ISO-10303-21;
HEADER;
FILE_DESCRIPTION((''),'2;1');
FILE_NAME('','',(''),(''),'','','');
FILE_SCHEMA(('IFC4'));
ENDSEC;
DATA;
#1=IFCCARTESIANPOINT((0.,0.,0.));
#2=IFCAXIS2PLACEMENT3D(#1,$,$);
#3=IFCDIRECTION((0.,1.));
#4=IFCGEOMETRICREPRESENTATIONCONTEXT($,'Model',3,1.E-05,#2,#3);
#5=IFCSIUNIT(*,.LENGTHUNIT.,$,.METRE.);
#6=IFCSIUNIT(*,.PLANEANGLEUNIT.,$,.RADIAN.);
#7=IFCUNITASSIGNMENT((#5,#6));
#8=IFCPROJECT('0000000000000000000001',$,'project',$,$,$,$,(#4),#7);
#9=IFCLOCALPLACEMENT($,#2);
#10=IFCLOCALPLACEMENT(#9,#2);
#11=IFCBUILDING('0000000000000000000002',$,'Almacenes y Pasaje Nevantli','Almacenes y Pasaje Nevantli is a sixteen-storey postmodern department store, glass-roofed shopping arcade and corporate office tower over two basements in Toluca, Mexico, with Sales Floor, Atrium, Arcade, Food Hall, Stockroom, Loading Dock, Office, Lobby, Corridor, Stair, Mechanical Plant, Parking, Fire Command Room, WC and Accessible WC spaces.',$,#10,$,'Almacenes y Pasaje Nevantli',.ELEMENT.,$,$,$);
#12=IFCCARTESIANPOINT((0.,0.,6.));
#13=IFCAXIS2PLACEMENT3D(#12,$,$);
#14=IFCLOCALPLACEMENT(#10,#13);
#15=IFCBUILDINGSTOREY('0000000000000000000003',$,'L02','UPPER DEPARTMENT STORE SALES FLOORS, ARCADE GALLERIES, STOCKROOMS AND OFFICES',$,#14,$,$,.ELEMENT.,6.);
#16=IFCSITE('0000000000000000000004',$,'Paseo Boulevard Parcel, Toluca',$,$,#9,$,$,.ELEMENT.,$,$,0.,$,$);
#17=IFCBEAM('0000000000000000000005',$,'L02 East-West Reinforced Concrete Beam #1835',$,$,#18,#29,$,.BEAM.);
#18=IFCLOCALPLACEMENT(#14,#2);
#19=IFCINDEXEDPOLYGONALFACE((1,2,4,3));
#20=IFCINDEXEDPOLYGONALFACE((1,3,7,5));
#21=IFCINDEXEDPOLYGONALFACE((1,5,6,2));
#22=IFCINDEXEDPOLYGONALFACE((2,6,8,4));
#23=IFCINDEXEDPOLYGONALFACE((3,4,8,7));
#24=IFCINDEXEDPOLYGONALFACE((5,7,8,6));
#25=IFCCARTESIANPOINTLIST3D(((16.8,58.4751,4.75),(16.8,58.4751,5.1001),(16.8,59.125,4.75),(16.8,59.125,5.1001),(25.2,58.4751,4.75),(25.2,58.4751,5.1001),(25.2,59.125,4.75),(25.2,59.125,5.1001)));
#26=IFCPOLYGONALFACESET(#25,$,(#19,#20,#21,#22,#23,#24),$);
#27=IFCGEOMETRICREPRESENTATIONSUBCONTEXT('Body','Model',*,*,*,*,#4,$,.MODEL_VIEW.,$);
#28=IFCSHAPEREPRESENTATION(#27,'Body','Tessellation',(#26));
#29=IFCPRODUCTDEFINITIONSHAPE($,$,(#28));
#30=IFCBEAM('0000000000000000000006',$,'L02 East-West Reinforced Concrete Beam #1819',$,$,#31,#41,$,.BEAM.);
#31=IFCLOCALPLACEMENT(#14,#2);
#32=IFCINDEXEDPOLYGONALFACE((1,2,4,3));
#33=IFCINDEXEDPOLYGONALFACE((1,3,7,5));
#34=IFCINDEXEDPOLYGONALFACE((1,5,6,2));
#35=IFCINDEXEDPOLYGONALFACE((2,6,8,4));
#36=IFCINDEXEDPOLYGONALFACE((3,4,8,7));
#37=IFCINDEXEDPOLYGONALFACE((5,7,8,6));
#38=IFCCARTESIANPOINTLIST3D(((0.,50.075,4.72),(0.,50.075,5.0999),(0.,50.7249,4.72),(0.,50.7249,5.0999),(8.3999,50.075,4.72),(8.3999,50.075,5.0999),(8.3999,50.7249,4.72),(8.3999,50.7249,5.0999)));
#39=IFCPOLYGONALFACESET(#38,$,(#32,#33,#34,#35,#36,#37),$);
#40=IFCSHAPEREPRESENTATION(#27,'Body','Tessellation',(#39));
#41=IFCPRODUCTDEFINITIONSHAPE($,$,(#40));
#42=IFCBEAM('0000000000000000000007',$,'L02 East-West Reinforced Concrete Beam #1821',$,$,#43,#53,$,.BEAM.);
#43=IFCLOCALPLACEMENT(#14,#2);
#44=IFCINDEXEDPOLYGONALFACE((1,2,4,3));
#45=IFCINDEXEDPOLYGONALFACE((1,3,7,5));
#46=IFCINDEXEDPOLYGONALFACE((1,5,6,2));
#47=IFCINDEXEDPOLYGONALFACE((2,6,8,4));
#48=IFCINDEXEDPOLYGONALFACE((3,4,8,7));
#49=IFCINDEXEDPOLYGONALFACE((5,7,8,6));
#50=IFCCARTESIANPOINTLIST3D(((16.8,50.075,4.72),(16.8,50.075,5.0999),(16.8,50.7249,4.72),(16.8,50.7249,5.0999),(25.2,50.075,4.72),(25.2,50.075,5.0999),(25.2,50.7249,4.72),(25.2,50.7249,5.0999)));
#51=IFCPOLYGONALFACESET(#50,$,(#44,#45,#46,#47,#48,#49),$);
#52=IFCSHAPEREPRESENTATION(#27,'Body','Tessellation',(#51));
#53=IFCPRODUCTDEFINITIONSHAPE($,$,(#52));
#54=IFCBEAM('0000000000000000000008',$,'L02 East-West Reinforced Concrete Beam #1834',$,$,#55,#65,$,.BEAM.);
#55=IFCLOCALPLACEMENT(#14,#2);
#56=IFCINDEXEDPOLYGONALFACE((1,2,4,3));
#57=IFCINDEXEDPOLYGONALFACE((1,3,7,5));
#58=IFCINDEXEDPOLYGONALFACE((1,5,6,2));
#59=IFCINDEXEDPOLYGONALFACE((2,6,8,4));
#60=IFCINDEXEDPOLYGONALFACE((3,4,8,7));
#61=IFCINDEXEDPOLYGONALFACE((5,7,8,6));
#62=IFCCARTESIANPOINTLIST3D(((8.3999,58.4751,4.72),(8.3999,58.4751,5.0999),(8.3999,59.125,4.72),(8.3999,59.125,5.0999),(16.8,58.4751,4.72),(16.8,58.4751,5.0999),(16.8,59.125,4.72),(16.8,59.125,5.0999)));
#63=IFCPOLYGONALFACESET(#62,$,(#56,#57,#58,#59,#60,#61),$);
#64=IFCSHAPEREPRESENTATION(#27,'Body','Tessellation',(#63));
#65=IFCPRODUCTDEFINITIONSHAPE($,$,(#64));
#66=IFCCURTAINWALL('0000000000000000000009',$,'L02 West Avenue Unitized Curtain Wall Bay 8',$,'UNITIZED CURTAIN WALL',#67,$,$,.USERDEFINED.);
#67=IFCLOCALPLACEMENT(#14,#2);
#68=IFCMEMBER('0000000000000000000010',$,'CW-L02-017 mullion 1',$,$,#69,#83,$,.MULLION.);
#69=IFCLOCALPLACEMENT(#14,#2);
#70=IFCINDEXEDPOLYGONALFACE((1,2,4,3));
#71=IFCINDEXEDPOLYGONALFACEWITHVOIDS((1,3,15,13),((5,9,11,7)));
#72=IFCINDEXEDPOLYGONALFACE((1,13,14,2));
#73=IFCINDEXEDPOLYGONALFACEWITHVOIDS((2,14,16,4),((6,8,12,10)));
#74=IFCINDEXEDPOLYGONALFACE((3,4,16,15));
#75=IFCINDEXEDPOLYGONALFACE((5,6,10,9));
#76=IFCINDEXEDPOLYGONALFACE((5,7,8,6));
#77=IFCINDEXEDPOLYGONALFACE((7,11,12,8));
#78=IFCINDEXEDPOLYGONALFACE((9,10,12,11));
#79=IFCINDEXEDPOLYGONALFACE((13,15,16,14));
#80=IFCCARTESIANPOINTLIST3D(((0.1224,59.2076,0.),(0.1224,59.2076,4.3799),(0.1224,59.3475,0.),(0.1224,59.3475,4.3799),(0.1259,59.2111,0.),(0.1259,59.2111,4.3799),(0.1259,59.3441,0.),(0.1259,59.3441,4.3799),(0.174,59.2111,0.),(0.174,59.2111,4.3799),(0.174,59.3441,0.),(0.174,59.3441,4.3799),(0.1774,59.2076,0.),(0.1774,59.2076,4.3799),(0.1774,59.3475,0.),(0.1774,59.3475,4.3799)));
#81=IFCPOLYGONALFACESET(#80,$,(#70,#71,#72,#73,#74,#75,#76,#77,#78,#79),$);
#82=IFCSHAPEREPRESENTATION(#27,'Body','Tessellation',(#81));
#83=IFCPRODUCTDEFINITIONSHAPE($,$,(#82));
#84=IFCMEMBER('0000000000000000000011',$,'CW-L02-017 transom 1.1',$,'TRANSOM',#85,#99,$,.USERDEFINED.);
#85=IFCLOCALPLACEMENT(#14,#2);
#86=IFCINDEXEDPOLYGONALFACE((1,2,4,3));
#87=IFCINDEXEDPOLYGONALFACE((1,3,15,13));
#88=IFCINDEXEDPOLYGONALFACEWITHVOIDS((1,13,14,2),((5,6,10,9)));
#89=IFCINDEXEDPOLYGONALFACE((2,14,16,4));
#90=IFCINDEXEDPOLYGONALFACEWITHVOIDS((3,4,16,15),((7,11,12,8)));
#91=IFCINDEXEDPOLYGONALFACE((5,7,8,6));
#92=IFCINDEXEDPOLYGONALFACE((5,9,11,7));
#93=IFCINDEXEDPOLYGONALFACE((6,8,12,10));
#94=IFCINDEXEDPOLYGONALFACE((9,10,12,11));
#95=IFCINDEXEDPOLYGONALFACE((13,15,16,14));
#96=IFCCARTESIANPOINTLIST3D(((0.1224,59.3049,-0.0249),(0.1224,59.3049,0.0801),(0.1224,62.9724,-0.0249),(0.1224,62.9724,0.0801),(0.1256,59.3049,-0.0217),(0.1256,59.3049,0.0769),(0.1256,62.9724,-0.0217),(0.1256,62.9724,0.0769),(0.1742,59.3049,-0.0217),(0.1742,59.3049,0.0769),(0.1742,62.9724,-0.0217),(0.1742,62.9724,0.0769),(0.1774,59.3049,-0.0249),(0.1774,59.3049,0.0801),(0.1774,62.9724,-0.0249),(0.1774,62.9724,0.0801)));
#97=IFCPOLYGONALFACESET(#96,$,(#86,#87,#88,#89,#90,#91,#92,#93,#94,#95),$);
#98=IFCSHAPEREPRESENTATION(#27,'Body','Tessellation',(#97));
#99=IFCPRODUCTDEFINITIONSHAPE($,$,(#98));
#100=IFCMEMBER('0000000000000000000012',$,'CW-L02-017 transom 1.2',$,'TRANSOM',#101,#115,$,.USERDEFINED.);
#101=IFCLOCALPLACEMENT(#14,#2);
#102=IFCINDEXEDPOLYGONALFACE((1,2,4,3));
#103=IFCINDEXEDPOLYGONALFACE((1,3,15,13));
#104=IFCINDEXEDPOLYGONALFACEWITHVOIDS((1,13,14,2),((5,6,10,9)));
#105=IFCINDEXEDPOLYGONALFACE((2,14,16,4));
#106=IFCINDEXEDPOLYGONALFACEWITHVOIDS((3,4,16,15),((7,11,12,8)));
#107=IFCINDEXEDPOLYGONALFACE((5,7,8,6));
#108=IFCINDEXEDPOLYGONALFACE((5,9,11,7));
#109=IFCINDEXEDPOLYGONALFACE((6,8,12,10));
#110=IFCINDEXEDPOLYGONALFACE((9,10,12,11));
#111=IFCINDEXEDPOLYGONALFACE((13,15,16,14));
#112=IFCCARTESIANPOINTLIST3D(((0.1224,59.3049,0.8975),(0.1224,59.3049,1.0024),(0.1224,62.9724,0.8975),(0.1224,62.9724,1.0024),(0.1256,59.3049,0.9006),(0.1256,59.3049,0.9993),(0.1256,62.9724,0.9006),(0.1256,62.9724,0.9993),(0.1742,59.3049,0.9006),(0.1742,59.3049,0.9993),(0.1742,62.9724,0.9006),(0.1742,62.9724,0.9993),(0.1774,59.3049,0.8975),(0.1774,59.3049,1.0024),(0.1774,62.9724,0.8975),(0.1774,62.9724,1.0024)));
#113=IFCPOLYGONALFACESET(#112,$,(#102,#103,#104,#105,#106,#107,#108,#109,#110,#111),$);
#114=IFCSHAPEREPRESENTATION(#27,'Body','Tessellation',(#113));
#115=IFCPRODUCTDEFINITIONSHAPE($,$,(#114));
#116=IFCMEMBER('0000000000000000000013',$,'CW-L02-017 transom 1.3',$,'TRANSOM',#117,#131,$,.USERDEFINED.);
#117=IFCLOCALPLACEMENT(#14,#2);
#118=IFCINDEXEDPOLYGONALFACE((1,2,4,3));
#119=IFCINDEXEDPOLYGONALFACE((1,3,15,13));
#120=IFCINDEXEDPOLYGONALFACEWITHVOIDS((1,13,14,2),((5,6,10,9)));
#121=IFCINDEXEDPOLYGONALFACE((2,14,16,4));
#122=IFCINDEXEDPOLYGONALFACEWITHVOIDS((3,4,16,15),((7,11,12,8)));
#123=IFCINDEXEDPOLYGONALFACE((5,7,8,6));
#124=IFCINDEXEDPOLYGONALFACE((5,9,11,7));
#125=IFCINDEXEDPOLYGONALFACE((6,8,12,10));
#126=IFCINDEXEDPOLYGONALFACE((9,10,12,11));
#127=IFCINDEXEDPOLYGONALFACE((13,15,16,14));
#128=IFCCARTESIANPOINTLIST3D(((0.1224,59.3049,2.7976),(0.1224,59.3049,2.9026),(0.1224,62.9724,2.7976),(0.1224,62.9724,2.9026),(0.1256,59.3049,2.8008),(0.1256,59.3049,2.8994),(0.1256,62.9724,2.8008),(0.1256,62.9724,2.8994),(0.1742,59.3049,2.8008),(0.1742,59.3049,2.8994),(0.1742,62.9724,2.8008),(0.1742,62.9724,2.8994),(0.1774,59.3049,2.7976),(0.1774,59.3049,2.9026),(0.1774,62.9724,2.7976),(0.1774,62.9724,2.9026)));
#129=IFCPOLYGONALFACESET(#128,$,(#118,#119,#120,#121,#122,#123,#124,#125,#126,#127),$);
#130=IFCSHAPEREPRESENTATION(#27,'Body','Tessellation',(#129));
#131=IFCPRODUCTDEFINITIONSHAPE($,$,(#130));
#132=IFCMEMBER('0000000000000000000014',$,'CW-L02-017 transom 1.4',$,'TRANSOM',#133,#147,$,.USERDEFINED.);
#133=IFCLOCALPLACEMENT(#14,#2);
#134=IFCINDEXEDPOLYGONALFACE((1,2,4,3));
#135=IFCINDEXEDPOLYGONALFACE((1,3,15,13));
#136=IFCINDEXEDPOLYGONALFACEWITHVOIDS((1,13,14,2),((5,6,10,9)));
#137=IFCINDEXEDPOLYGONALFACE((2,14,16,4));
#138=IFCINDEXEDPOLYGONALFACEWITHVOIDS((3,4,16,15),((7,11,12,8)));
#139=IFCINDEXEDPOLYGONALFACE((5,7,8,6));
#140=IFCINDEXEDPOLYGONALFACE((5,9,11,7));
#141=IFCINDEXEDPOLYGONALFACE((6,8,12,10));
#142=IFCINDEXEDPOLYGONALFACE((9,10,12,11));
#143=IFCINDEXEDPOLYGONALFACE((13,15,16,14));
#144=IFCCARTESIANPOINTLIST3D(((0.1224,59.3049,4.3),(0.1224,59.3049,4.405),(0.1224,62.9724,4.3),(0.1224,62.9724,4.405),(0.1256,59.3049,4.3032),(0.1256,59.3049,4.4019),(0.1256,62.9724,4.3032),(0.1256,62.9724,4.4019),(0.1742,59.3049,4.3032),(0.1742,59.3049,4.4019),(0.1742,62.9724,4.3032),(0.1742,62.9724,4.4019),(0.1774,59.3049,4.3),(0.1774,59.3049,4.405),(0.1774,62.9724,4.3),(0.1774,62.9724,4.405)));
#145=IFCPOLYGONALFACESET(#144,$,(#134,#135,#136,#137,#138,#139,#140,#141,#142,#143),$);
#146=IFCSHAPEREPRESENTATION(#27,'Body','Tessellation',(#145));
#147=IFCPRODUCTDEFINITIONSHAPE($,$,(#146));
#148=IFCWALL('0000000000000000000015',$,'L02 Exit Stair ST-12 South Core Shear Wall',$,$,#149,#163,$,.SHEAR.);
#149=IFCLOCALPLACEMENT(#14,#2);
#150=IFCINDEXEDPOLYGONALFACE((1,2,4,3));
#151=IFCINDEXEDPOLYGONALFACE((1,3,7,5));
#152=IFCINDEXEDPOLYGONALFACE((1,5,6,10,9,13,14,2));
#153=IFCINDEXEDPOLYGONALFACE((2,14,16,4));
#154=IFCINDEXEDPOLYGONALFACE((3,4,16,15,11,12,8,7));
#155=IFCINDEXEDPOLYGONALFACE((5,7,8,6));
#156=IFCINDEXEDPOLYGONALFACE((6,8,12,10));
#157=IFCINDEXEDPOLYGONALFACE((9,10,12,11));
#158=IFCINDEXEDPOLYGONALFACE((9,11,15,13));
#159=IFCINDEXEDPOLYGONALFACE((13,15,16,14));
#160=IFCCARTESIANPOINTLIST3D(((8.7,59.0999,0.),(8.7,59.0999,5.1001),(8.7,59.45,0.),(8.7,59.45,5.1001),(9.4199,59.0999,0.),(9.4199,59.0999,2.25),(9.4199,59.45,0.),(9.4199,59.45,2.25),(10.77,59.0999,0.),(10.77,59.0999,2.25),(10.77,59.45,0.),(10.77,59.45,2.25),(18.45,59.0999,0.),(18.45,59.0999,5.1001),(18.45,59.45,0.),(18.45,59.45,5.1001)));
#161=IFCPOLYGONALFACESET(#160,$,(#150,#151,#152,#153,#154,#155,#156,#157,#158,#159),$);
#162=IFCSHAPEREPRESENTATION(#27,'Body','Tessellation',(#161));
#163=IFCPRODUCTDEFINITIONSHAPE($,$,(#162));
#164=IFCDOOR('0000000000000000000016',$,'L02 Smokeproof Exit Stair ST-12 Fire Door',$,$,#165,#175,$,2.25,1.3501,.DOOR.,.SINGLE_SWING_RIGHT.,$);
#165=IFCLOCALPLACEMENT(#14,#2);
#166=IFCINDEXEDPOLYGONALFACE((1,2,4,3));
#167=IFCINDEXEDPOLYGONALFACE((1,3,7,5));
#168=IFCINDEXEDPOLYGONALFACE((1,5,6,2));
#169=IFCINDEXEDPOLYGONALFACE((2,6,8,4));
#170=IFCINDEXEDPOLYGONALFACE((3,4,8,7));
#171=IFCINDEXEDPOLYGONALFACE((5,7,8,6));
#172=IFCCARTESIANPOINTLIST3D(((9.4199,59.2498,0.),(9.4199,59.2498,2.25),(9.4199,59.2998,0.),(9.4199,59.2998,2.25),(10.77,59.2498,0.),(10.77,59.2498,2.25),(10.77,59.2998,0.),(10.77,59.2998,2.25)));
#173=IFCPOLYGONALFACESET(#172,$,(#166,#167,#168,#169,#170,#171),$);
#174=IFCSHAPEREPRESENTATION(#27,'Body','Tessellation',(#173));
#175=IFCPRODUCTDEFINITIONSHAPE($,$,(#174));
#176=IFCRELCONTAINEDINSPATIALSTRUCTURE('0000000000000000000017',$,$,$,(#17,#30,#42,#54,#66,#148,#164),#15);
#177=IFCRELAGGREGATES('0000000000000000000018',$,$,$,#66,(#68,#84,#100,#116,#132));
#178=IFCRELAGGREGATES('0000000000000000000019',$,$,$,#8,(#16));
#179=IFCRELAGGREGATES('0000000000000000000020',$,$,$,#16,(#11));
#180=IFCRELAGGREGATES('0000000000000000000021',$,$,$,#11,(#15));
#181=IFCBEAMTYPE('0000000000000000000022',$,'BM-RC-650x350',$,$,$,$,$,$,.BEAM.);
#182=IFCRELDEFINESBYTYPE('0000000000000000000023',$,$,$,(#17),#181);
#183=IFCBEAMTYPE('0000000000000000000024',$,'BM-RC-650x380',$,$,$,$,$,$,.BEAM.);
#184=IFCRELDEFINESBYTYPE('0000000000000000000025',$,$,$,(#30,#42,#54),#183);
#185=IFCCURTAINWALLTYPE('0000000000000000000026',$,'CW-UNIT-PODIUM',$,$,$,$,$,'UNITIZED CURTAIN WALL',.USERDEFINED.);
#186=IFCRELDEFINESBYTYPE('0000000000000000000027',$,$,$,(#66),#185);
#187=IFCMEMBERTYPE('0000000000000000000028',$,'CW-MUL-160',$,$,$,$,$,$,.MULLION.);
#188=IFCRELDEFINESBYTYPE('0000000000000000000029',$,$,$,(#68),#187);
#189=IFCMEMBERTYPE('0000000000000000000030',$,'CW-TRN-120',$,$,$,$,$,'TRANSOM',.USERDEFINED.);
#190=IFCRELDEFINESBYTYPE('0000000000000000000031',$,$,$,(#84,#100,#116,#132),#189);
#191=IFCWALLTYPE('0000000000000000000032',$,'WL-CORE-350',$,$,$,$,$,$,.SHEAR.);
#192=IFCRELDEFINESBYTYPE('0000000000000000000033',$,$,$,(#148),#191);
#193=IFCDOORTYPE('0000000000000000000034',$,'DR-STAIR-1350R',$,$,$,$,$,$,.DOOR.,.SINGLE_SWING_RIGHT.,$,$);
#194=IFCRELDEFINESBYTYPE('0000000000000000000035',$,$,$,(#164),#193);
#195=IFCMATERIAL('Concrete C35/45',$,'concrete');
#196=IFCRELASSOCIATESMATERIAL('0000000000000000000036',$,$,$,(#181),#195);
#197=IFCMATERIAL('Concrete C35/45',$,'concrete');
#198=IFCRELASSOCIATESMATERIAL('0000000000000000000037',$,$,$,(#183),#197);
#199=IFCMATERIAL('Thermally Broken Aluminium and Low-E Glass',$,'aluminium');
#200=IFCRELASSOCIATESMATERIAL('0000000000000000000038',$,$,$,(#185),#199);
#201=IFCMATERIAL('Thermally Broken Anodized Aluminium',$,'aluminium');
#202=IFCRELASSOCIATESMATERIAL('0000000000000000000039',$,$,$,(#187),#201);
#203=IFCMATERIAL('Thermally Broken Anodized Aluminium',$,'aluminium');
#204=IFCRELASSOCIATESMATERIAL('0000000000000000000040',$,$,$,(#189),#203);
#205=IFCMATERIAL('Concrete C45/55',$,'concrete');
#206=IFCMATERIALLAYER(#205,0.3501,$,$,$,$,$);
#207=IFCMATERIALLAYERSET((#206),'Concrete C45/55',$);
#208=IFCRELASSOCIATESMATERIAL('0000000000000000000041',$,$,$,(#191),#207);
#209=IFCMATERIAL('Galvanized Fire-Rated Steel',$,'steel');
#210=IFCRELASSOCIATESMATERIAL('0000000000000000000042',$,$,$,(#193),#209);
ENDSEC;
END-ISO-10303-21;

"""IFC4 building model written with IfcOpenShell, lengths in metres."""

from ifc_helpers import new_model, si_unit, direction, frame, frame_2d, origin, origin_2d, place, context, subcontext, project, spatial, rectangle, hollow_rectangle, extrude, material, layer, layer_set, material_profile, profile_set, type_object, element, fill, aggregate, save


model = new_model("IFC4")

# Units and contexts
model_context = context("Model", 3, precision=1e-05, world=origin(), true_north=direction((0.0, 1.0)))
body_context = subcontext(model_context, "Body", "Model", "MODEL_VIEW")
ifc_project = project(units=[si_unit("LENGTHUNIT", "METRE"), si_unit("PLANEANGLEUNIT", "RADIAN")], contexts=[model_context])

# Site, building, storey
site_placement = place(None, origin())
site = spatial("IfcSite", under=ifc_project, at=site_placement, Name="Paseo Boulevard Parcel, Toluca", CompositionType="ELEMENT", RefElevation=0.0)
building_placement = place(site_placement, origin())
building = spatial("IfcBuilding", under=site, at=building_placement, Name="Almacenes y Pasaje Nevantli", Description="Almacenes y Pasaje Nevantli is a sixteen-storey postmodern department store, glass-roofed shopping arcade and corporate office tower over two basements in Toluca, Mexico, with Sales Floor, Atrium, Arcade, Food Hall, Stockroom, Loading Dock, Office, Lobby, Corridor, Stair, Mechanical Plant, Parking, Fire Command Room, WC and Accessible WC spaces.", LongName="Almacenes y Pasaje Nevantli", CompositionType="ELEMENT")
storey_placement = place(building_placement, frame((0.0, 0.0, 6.0)))
storey = spatial("IfcBuildingStorey", under=building, at=storey_placement, Name="L02", Description="UPPER DEPARTMENT STORE SALES FLOORS, ARCADE GALLERIES, STOCKROOMS AND OFFICES", CompositionType="ELEMENT", Elevation=6.0)

# Beams
ifc_material_1 = material(Name="Concrete C35/45", Category="concrete")
ifc_material_profile_1 = material_profile(ifc_material_1, rectangle(XDim=0.6499, YDim=0.3501, at=origin_2d()), Name="RC-BM-650x350")
ifc_profile_set_1 = profile_set([ifc_material_profile_1], Name="Concrete C35/45")
beam_type_1 = type_object("IfcBeamType", Name="BM-RC-650x350", PredefinedType="BEAM", material=ifc_profile_set_1)
for number, where, z_axis, x_axis, name in (
    (1, (16.8, 58.8, 4.925), (1.0, 0.0, 0.0), (0.0, 1.0, 0.0), "L02 East-West Reinforced Concrete Beam #1835"),
):
    element("IfcBeam", number, at=place(storey_placement, frame(where, z_axis=z_axis, x_axis=x_axis)), inside=storey, type_object=beam_type_1, Name=name, PredefinedType="BEAM", context=body_context, shape_type="SweptSolid", body=[
        extrude(rectangle(XDim=0.6499, YDim=0.3501, at=origin_2d()), origin(), (0.0, 0.0, 1.0), 8.3999),
    ])
ifc_material_2 = material(Name="Concrete C35/45", Category="concrete")
ifc_material_profile_2 = material_profile(ifc_material_2, rectangle(XDim=0.6499, YDim=0.3799, at=origin_2d()), Name="RC-BM-650x380")
ifc_profile_set_2 = profile_set([ifc_material_profile_2], Name="Concrete C35/45")
beam_type_2 = type_object("IfcBeamType", Name="BM-RC-650x380", PredefinedType="BEAM", material=ifc_profile_set_2)
for number, where, z_axis, x_axis, name in (
    (2, (0.0, 50.3999, 4.9099), (1.0, 0.0, 0.0), (0.0, 1.0, 0.0), "L02 East-West Reinforced Concrete Beam #1819"),
    (3, (16.8, 50.3999, 4.9099), (1.0, 0.0, 0.0), (0.0, 1.0, 0.0), "L02 East-West Reinforced Concrete Beam #1821"),
):
    element("IfcBeam", number, at=place(storey_placement, frame(where, z_axis=z_axis, x_axis=x_axis)), inside=storey, type_object=beam_type_2, Name=name, PredefinedType="BEAM", context=body_context, shape_type="SweptSolid", body=[
        extrude(rectangle(XDim=0.6499, YDim=0.3799, at=origin_2d()), origin(), (0.0, 0.0, 1.0), 8.3999),
    ])
beam_1_placement = place(storey_placement, frame((8.3999, 58.8, 4.9099), z_axis=(1.0, 0.0, 0.0), x_axis=(0.0, 1.0, 0.0)))
element("IfcBeam", 4, at=beam_1_placement, inside=storey, type_object=beam_type_2, Name="L02 East-West Reinforced Concrete Beam #1834", PredefinedType="BEAM", context=body_context, shape_type="SweptSolid", body=[
    extrude(rectangle(XDim=0.6499, YDim=0.3799, at=origin_2d()), origin(), (0.0, 0.0, 1.0), 8.4001),
])

# Curtain wall, members
ifc_material_3 = material(Name="Thermally Broken Aluminium and Low-E Glass", Category="aluminium")
curtain_wall_type = type_object("IfcCurtainWallType", Name="CW-UNIT-PODIUM", ElementType="UNITIZED CURTAIN WALL", PredefinedType="USERDEFINED", material=ifc_material_3)
curtain_wall_placement = place(storey_placement, origin())
curtain_wall = element("IfcCurtainWall", 5, at=curtain_wall_placement, inside=storey, type_object=curtain_wall_type, Name="L02 West Avenue Unitized Curtain Wall Bay 8", ObjectType="UNITIZED CURTAIN WALL", PredefinedType="USERDEFINED")
ifc_material_4 = material(Name="Thermally Broken Anodized Aluminium", Category="aluminium")
ifc_material_profile_3 = material_profile(ifc_material_4, hollow_rectangle(XDim=0.0549, YDim=0.1399, WallThickness=0.0034, at=origin_2d()), Name="ALU-MUL-55x140")
ifc_profile_set_3 = profile_set([ifc_material_profile_3], Name="Thermally Broken Anodized Aluminium")
member_type_1 = type_object("IfcMemberType", Name="CW-MUL-160", PredefinedType="MULLION", material=ifc_profile_set_3)
member_1_placement = place(storey_placement, frame((0.1499, 59.2776, 0.0), z_axis=(0.0, 0.0, 1.0), x_axis=(-1.0, 0.0, 0.0)))
member_1 = element("IfcMember", 6, at=member_1_placement, type_object=member_type_1, Name="CW-L02-017 mullion 1", PredefinedType="MULLION", context=body_context, shape_type="SweptSolid", body=[
    extrude(hollow_rectangle(XDim=0.0549, YDim=0.1399, WallThickness=0.0034, at=origin_2d()), origin(), (0.0, 0.0, 1.0), 4.3799),
])
ifc_material_5 = material(Name="Thermally Broken Anodized Aluminium", Category="aluminium")
ifc_material_profile_4 = material_profile(ifc_material_5, hollow_rectangle(XDim=0.0549, YDim=0.105, WallThickness=0.0032, at=origin_2d()), Name="ALU-TRN-55x105")
ifc_profile_set_4 = profile_set([ifc_material_profile_4], Name="Thermally Broken Anodized Aluminium")
member_type_2 = type_object("IfcMemberType", Name="CW-TRN-120", ElementType="TRANSOM", PredefinedType="USERDEFINED", material=ifc_profile_set_4)
member_2_placement = place(storey_placement, frame((0.1499, 59.3049, 0.0276), z_axis=(0.0, 1.0, 0.0), x_axis=(-1.0, 0.0, 0.0)))
member_2 = element("IfcMember", 7, at=member_2_placement, type_object=member_type_2, Name="CW-L02-017 transom 1.1", ObjectType="TRANSOM", PredefinedType="USERDEFINED", context=body_context, shape_type="SweptSolid", body=[
    extrude(hollow_rectangle(XDim=0.0549, YDim=0.105, WallThickness=0.0032, at=origin_2d()), origin(), (0.0, 0.0, 1.0), 3.6675),
])
member_3_placement = place(storey_placement, frame((0.1499, 59.3049, 0.95), z_axis=(0.0, 1.0, 0.0), x_axis=(-1.0, 0.0, 0.0)))
member_3 = element("IfcMember", 8, at=member_3_placement, type_object=member_type_2, Name="CW-L02-017 transom 1.2", ObjectType="TRANSOM", PredefinedType="USERDEFINED", context=body_context, shape_type="SweptSolid", body=[
    extrude(hollow_rectangle(XDim=0.0549, YDim=0.105, WallThickness=0.0032, at=origin_2d()), origin(), (0.0, 0.0, 1.0), 3.6675),
])
member_4_placement = place(storey_placement, frame((0.1499, 59.3049, 2.8501), z_axis=(0.0, 1.0, 0.0), x_axis=(-1.0, 0.0, 0.0)))
member_4 = element("IfcMember", 9, at=member_4_placement, type_object=member_type_2, Name="CW-L02-017 transom 1.3", ObjectType="TRANSOM", PredefinedType="USERDEFINED", context=body_context, shape_type="SweptSolid", body=[
    extrude(hollow_rectangle(XDim=0.0549, YDim=0.105, WallThickness=0.0032, at=origin_2d()), origin(), (0.0, 0.0, 1.0), 3.6675),
])
member_5_placement = place(storey_placement, frame((0.1499, 59.3049, 4.3525), z_axis=(0.0, 1.0, 0.0), x_axis=(-1.0, 0.0, 0.0)))
member_5 = element("IfcMember", 10, at=member_5_placement, type_object=member_type_2, Name="CW-L02-017 transom 1.4", ObjectType="TRANSOM", PredefinedType="USERDEFINED", context=body_context, shape_type="SweptSolid", body=[
    extrude(hollow_rectangle(XDim=0.0549, YDim=0.105, WallThickness=0.0032, at=origin_2d()), origin(), (0.0, 0.0, 1.0), 3.6675),
])
aggregate(curtain_wall, [member_1, member_2, member_3, member_4, member_5])

# Wall, opening, door
ifc_material_6 = material(Name="Concrete C45/55", Category="concrete")
ifc_layer_1 = layer(ifc_material_6, 0.3501)
ifc_layer_set_1 = layer_set([ifc_layer_1], Name="Concrete C45/55")
wall_type_1 = type_object("IfcWallType", Name="WL-CORE-350", PredefinedType="SHEAR", material=ifc_layer_set_1)
wall_1_placement = place(storey_placement, frame((8.7, 59.2749, 0.0), z_axis=(0.0, 0.0, 1.0), x_axis=(1.0, 0.0, 0.0)))
wall_1 = element("IfcWall", 11, at=wall_1_placement, inside=storey, type_object=wall_type_1, Name="L02 Exit Stair ST-12 South Core Shear Wall", PredefinedType="SHEAR", context=body_context, shape_type="SweptSolid", body=[
    extrude(rectangle(XDim=9.75, YDim=0.3501, at=frame_2d((4.875, 0.0))), origin(), (0.0, 0.0, 1.0), 5.1001),
])
opening_1_placement = place(wall_1_placement, frame((0.72, 0.0, 0.0)))
opening_1 = element("IfcOpeningElement", 12, at=opening_1_placement, cuts=wall_1, PredefinedType="OPENING", context=body_context, shape_type="SweptSolid", body=[
    extrude(rectangle(XDim=1.3501, YDim=2.25, at=frame_2d((0.675, 1.125))), frame((0.0, 0.1851, 0.0), z_axis=(0.0, -1.0, 0.0), x_axis=(1.0, 0.0, 0.0)), (0.0, 0.0, 1.0), 0.3701),
])
ifc_material_7 = material(Name="Galvanized Fire-Rated Steel", Category="steel")
door_type = type_object("IfcDoorType", Name="DR-STAIR-1350R", OperationType="SINGLE_SWING_RIGHT", PredefinedType="DOOR", material=ifc_material_7)
door_placement = place(opening_1_placement, origin())
door = element("IfcDoor", 13, at=door_placement, inside=storey, type_object=door_type, Name="L02 Smokeproof Exit Stair ST-12 Fire Door", OperationType="SINGLE_SWING_RIGHT", OverallHeight=2.25, OverallWidth=1.3501, PredefinedType="DOOR", context=body_context, shape_type="SweptSolid", body=[
    extrude(rectangle(XDim=1.3501, YDim=2.25, at=frame_2d((0.675, 1.125))), frame((0.0, 0.0249, 0.0), z_axis=(0.0, -1.0, 0.0), x_axis=(1.0, 0.0, 0.0)), (0.0, 0.0, 1.0), 0.05),
])
fill(opening_1, door)

save(model, "model.ifc")
